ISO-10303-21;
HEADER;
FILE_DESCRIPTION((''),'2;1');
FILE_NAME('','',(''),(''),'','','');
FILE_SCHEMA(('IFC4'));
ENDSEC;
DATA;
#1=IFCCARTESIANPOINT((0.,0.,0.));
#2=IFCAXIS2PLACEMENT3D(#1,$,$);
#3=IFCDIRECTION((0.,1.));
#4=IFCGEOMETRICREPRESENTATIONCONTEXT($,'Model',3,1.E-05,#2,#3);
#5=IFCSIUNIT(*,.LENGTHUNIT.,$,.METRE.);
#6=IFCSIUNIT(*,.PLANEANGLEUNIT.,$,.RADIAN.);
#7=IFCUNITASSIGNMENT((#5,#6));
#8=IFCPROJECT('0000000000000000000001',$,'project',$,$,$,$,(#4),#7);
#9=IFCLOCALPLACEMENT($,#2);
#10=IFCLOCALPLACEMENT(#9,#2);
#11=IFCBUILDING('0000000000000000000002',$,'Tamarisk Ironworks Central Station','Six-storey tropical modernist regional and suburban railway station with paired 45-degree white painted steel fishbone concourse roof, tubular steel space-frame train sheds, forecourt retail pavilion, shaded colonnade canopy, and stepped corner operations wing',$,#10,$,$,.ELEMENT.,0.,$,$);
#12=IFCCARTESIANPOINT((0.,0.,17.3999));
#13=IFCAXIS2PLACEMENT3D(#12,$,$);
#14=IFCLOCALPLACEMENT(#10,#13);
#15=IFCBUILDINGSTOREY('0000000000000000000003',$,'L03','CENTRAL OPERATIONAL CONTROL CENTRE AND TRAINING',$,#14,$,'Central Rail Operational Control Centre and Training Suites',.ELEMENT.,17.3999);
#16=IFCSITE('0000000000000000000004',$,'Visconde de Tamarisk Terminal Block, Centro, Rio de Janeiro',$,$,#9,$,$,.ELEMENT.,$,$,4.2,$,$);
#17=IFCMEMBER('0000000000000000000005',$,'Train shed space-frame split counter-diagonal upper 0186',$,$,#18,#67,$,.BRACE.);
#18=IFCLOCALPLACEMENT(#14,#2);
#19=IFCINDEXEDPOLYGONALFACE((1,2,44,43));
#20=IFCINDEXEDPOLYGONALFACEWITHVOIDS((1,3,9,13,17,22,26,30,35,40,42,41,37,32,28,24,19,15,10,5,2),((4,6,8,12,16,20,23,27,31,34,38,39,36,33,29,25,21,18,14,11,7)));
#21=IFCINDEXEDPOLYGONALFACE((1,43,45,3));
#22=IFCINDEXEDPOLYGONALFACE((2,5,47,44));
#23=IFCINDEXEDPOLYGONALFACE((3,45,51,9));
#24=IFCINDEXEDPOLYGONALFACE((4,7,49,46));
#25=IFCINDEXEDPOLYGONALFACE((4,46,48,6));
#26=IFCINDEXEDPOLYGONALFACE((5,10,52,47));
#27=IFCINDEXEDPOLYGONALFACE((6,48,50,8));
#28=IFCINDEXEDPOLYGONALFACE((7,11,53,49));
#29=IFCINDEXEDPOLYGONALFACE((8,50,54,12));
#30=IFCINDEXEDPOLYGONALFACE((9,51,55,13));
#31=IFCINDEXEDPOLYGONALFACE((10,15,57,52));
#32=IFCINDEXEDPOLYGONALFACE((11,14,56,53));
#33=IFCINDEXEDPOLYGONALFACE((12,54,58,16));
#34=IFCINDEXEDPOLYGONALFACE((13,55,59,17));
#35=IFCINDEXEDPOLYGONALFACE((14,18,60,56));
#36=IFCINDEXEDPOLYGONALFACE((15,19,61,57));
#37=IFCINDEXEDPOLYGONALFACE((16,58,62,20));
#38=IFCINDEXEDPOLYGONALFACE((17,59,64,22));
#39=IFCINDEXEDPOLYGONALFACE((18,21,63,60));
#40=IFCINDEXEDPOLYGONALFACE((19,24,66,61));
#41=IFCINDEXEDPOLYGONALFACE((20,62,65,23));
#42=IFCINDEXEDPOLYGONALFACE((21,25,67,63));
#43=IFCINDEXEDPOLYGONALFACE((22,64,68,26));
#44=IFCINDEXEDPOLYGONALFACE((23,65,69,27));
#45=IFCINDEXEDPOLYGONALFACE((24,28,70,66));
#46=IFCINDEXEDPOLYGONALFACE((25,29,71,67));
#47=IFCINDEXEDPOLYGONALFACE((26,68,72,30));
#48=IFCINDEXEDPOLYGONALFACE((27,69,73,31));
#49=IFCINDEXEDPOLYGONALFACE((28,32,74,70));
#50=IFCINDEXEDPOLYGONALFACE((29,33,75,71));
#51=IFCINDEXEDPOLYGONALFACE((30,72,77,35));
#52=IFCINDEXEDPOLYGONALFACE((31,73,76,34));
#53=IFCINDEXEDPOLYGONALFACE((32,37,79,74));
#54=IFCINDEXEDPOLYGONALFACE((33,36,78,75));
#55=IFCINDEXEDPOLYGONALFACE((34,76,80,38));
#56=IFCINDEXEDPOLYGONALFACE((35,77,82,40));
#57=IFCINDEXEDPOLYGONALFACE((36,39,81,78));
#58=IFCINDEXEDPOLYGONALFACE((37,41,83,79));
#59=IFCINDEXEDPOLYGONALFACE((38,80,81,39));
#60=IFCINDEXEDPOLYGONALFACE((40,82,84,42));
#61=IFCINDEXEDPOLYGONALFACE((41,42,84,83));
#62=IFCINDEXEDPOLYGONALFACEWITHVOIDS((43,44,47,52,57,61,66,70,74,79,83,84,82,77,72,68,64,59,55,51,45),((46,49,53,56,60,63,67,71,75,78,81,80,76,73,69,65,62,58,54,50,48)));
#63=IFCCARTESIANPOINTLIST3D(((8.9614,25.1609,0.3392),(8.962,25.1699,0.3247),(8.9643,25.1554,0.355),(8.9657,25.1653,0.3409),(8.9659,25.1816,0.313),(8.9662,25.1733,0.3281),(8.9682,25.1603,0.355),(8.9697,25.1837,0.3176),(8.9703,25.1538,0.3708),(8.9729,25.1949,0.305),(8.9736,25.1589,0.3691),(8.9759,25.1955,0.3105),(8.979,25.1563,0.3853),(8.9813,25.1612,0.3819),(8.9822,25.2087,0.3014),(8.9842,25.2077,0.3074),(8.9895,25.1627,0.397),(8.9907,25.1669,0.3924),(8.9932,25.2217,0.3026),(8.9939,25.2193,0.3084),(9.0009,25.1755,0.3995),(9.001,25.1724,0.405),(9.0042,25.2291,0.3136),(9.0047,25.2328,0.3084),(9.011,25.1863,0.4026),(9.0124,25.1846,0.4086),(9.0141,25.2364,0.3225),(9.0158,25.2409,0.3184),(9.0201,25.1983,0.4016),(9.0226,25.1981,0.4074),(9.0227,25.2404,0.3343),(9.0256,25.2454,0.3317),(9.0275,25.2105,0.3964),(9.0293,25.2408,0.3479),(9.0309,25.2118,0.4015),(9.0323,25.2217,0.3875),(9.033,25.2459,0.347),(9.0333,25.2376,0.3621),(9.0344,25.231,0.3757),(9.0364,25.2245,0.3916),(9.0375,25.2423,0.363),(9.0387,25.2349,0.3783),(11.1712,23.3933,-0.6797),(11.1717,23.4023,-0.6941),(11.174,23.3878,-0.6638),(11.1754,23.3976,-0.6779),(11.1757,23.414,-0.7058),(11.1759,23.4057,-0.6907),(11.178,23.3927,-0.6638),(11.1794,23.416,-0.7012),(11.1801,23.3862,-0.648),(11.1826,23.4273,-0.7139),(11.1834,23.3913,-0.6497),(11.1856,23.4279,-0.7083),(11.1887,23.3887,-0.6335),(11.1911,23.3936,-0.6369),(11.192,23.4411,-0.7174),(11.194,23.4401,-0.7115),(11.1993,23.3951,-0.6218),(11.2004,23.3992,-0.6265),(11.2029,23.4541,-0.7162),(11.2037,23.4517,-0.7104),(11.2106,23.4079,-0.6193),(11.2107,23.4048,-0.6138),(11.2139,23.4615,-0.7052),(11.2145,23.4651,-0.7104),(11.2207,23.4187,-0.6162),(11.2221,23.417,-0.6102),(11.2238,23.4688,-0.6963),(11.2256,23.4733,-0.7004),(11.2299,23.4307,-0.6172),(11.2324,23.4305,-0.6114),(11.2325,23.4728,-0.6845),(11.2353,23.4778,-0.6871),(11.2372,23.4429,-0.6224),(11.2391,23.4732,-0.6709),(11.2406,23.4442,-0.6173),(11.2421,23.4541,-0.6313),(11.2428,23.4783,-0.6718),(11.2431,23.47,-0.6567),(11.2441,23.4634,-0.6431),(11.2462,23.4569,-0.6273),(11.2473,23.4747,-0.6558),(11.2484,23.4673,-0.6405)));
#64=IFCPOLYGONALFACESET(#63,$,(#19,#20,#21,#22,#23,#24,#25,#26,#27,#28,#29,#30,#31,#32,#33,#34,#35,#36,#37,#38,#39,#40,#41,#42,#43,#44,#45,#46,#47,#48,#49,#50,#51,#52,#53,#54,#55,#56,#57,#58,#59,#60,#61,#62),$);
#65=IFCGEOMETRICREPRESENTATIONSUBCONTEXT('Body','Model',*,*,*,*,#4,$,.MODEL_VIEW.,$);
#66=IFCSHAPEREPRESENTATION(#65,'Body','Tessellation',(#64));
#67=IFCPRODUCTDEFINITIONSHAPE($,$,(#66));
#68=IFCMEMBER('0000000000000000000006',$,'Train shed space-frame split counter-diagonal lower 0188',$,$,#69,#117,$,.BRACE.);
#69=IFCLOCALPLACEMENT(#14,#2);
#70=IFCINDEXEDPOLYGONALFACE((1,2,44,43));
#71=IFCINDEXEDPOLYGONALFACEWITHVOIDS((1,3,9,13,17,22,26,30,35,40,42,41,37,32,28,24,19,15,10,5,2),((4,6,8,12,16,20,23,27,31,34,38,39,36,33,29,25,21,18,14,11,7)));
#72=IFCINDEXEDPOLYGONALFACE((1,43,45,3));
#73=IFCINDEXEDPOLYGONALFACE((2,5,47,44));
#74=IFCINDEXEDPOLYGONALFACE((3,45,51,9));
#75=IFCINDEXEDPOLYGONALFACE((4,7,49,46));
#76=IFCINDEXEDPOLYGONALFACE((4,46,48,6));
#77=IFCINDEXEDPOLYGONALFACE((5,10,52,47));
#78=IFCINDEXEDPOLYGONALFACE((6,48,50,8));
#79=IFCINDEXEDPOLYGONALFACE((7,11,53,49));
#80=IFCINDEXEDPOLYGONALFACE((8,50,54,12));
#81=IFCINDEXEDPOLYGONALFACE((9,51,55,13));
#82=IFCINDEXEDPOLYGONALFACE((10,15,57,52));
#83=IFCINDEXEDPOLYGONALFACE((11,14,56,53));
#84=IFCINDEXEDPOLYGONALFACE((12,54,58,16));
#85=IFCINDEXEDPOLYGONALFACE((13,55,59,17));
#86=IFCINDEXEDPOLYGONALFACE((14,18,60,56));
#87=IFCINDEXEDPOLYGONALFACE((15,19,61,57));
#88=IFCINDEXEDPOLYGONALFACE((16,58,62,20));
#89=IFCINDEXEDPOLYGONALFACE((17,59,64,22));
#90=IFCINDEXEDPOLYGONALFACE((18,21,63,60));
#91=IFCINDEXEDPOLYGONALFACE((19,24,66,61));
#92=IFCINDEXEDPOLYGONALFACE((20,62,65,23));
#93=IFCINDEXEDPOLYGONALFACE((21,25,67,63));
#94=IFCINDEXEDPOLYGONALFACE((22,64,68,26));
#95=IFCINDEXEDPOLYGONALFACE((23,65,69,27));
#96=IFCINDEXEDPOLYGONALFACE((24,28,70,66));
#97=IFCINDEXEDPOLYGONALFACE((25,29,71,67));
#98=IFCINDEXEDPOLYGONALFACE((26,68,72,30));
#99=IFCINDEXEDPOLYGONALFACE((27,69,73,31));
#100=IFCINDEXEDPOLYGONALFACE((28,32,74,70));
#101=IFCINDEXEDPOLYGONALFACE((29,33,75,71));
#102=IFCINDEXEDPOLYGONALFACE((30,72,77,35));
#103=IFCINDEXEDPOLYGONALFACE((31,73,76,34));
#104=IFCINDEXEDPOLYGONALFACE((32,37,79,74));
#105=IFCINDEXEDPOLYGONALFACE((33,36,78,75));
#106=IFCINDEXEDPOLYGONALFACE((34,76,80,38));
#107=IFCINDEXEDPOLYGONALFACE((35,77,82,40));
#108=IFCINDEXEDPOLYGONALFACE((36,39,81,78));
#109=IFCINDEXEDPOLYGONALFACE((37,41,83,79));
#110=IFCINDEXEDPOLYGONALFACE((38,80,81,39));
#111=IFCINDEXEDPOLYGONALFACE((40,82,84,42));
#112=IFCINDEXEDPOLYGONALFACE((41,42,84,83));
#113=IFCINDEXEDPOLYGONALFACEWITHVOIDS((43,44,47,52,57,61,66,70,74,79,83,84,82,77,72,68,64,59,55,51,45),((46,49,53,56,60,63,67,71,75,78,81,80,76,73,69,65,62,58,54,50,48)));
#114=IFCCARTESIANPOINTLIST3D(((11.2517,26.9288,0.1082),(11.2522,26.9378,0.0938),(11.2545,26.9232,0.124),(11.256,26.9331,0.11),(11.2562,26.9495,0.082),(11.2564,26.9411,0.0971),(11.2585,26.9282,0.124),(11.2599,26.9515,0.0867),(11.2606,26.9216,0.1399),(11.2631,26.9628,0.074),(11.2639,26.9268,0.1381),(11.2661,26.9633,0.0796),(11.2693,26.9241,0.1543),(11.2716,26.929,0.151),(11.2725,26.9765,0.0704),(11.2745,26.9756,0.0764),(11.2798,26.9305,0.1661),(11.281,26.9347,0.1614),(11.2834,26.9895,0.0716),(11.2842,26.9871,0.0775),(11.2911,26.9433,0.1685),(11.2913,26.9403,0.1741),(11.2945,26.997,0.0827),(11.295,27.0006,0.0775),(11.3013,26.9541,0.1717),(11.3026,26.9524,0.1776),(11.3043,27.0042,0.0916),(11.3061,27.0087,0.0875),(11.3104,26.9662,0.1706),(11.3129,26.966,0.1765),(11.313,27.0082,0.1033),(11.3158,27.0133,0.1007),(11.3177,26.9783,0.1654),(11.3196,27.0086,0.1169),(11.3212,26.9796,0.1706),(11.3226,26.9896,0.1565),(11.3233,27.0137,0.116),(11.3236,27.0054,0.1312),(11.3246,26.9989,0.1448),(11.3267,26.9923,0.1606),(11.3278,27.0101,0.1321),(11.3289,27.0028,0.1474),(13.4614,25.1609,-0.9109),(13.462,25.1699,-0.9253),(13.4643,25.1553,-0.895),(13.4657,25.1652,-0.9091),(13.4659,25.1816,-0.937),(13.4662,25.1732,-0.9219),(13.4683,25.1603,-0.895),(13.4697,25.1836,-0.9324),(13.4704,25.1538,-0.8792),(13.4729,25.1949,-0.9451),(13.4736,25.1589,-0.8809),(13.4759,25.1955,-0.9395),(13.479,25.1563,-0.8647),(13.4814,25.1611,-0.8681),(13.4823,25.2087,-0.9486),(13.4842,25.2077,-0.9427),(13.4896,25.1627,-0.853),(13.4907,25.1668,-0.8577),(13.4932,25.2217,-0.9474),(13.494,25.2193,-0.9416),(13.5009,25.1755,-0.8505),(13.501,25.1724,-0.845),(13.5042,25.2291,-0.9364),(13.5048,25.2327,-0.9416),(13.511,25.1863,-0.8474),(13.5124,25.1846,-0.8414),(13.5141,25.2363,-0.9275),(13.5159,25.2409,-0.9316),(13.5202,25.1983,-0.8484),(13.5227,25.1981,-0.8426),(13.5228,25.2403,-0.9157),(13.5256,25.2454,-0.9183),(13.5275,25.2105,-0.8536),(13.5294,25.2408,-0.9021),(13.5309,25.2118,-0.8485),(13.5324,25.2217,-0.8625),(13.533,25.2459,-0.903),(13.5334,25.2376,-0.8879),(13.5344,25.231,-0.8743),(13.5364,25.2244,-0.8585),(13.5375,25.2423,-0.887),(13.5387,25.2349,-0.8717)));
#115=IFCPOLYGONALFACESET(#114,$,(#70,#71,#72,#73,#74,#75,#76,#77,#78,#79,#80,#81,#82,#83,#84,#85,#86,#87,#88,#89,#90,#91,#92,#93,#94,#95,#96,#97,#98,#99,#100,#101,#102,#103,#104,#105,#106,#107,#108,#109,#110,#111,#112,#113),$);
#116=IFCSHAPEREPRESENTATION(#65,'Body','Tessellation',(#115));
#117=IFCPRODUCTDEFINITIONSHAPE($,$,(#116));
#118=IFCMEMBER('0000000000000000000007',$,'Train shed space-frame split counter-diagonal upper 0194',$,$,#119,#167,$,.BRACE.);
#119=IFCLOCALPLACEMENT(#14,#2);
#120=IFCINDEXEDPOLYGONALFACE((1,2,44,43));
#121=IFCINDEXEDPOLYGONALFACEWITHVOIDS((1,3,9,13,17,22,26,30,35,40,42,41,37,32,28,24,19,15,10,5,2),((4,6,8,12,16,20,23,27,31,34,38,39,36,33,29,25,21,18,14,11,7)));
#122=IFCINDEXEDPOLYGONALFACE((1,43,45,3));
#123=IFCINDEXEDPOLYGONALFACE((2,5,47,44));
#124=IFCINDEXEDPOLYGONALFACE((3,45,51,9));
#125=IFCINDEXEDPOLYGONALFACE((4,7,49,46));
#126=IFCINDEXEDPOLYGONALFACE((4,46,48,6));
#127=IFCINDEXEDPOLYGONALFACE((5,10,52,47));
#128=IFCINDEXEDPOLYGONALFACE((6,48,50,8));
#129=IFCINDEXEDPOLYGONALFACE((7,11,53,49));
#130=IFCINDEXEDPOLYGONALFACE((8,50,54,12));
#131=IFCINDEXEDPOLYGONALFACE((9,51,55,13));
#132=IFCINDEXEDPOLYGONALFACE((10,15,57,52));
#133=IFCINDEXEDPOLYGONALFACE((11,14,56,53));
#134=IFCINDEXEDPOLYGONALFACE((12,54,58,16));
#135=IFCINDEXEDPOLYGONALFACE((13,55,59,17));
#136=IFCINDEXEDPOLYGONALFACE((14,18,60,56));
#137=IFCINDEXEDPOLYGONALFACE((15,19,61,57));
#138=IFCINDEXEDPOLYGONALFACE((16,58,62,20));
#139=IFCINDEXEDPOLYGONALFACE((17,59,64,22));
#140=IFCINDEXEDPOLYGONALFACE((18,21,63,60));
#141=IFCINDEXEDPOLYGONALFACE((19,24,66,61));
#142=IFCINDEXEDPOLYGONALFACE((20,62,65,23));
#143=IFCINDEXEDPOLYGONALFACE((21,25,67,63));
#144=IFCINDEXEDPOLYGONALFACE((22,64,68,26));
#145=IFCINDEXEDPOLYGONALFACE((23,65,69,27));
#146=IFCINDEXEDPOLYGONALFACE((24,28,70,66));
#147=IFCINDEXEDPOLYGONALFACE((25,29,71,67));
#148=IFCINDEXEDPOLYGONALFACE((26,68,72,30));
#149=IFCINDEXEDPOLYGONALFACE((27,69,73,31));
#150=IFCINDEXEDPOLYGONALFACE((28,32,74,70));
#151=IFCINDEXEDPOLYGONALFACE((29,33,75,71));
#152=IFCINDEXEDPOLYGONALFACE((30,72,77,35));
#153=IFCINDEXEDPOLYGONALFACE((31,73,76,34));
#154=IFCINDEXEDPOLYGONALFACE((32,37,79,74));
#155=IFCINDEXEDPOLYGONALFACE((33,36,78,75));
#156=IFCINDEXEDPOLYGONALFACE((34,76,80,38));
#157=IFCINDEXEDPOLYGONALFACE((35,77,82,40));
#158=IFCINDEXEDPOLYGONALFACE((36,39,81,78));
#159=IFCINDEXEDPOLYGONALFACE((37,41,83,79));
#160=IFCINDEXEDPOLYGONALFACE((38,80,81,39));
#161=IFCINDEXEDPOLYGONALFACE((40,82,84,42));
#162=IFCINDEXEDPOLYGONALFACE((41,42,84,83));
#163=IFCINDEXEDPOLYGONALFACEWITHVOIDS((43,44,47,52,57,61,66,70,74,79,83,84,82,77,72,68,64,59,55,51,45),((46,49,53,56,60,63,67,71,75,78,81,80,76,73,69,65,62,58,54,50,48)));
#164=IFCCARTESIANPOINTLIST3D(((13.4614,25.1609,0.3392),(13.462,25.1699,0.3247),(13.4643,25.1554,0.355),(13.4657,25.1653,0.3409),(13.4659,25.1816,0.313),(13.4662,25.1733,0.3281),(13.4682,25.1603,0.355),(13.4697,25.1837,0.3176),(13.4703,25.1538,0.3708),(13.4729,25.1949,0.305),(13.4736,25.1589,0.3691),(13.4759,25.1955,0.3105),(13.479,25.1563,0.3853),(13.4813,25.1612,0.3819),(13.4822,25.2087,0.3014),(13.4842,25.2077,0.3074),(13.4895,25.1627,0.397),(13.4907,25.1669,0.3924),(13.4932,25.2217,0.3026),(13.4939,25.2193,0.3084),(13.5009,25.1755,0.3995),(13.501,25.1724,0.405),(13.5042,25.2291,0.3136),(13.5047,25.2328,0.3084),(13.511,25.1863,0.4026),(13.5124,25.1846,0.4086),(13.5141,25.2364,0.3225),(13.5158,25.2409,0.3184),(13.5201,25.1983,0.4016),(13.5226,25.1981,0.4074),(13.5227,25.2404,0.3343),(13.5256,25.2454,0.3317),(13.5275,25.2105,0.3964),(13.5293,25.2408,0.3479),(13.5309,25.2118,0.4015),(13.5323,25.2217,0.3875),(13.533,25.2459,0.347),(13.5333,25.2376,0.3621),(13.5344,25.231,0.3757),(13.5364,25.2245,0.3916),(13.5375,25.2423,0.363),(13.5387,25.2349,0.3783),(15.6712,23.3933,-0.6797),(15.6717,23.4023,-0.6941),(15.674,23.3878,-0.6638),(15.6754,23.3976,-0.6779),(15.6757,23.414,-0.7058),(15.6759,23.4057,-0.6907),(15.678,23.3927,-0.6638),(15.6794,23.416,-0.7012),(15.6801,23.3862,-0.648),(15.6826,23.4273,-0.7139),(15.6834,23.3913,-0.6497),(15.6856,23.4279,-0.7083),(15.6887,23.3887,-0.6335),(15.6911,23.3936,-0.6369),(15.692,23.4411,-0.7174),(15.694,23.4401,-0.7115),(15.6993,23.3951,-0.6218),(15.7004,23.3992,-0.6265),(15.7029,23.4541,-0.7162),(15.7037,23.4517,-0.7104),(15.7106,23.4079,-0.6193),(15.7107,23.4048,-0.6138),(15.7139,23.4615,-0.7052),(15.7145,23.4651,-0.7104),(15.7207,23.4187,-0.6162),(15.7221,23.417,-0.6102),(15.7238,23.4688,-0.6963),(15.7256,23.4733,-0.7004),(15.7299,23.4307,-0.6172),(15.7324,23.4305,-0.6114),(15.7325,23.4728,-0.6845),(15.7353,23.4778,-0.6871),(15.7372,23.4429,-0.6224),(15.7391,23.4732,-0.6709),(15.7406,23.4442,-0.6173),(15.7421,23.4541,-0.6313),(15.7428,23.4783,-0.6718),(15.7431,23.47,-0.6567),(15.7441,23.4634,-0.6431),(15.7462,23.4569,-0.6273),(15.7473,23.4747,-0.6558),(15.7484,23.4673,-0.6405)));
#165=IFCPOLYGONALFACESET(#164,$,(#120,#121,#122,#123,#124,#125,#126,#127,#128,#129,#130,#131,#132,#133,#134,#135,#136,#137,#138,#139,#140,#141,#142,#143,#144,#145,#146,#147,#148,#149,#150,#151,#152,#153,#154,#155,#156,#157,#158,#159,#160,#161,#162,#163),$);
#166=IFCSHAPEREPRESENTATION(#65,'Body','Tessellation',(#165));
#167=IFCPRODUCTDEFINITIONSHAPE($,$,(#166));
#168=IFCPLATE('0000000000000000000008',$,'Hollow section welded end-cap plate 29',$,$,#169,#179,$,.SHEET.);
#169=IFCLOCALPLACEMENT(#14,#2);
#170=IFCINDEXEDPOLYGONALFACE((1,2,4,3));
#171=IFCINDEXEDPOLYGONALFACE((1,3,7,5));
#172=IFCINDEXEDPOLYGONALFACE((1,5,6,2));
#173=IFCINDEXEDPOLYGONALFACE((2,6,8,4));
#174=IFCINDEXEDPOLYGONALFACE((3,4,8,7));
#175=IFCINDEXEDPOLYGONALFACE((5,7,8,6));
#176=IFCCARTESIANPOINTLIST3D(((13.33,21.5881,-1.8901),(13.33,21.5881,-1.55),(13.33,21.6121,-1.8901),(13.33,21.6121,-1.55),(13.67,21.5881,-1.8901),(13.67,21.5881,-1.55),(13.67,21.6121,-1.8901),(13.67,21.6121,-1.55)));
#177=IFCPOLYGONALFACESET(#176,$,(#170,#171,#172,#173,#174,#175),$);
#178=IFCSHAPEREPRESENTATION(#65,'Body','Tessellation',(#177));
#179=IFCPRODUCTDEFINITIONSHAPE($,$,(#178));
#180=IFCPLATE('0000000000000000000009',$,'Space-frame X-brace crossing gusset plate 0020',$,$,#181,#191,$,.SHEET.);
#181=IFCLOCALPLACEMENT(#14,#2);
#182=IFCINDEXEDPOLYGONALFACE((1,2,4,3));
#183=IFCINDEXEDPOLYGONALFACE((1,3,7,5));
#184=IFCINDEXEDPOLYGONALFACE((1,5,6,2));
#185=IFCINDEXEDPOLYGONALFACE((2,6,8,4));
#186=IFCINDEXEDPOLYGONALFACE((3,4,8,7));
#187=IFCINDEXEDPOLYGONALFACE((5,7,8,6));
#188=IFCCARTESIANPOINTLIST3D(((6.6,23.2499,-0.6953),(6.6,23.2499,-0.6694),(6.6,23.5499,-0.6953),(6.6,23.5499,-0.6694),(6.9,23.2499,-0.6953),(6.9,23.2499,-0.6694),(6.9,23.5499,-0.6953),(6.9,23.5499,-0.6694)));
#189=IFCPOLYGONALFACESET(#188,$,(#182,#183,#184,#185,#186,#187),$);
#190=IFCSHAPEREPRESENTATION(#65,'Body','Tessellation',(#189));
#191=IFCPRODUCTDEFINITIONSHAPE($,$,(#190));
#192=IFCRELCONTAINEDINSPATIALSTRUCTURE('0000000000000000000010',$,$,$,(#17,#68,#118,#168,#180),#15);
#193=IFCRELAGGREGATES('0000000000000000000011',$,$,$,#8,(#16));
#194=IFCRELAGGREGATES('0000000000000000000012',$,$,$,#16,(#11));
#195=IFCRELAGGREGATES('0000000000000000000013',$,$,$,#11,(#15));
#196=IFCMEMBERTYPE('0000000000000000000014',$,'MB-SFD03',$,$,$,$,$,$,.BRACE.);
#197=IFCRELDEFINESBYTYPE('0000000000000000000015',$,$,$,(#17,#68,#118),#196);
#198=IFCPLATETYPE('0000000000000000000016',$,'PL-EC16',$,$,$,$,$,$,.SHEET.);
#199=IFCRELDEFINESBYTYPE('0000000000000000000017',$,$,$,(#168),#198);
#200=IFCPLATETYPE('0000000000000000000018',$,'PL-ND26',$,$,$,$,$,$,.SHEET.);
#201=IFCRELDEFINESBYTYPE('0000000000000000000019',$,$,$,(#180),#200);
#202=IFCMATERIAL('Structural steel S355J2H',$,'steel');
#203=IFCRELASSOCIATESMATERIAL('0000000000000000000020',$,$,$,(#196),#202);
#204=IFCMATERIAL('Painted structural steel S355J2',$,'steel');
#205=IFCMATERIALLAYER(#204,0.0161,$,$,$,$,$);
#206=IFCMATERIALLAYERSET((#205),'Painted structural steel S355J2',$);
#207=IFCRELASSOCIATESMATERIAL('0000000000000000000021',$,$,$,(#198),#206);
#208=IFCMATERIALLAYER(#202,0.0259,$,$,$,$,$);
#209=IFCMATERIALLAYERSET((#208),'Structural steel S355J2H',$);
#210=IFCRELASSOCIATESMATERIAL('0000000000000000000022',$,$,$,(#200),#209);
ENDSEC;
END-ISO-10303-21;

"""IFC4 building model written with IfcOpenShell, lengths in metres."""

from ifc_helpers import new_model, si_unit, direction, frame, origin, origin_2d, place, context, subcontext, project, spatial, rectangle, hollow_circle, extrude, material, layer, layer_set, material_profile, profile_set, type_object, element, save


model = new_model("IFC4")

# Units and contexts
model_context = context("Model", 3, precision=1e-05, world=origin(), true_north=direction((0.0, 1.0)))
body_context = subcontext(model_context, "Body", "Model", "MODEL_VIEW")
ifc_project = project(units=[si_unit("LENGTHUNIT", "METRE"), si_unit("PLANEANGLEUNIT", "RADIAN")], contexts=[model_context])

# Site, building, storey
site_placement = place(None, origin())
site = spatial("IfcSite", under=ifc_project, at=site_placement, Name="Visconde de Tamarisk Terminal Block, Centro, Rio de Janeiro", CompositionType="ELEMENT", RefElevation=4.2)
building_placement = place(site_placement, origin())
building = spatial("IfcBuilding", under=site, at=building_placement, Name="Tamarisk Ironworks Central Station", Description="Six-storey tropical modernist regional and suburban railway station with paired 45-degree white painted steel fishbone concourse roof, tubular steel space-frame train sheds, forecourt retail pavilion, shaded colonnade canopy, and stepped corner operations wing", CompositionType="ELEMENT", ElevationOfRefHeight=0.0)
storey_placement = place(building_placement, frame((0.0, 0.0, 17.3999)))
storey = spatial("IfcBuildingStorey", under=building, at=storey_placement, Name="L03", Description="CENTRAL OPERATIONAL CONTROL CENTRE AND TRAINING", LongName="Central Rail Operational Control Centre and Training Suites", CompositionType="ELEMENT", Elevation=17.3999)

# Members
ifc_material_1 = material(Name="Structural steel S355J2H", Category="steel")
ifc_material_profile_1 = material_profile(ifc_material_1, hollow_circle(Radius=0.0571, WallThickness=0.0063, at=origin_2d()), Name="CHS 114.3x6.3")
ifc_profile_set_1 = profile_set([ifc_material_profile_1], Name="Structural steel S355J2H")
member_type_1 = type_object("IfcMemberType", Name="MB-SFD03", PredefinedType="BRACE", material=ifc_profile_set_1)
for number, where, z_axis, x_axis, name in (
    (1, (11.2097, 23.4324, -0.6638), (-0.734732, 0.587721, 0.338751), (-0.624653, -0.780902, 0.0), "Train shed space-frame split counter-diagonal upper 0186"),
):
    element("IfcMember", number, at=place(storey_placement, frame(where, z_axis=z_axis, x_axis=x_axis)), inside=storey, type_object=member_type_1, Name=name, PredefinedType="BRACE", context=body_context, shape_type="SweptSolid", body=[
        extrude(hollow_circle(Radius=0.0571, WallThickness=0.0063, at=origin_2d()), origin(), (0.0, 0.0, 1.0), 3.0076),
    ])
member_1_placement = place(storey_placement, frame((13.5, 25.2, -0.895), z_axis=(-0.734677, 0.587758, 0.338807), x_axis=(-0.624706, -0.78086, 0.0)))
element("IfcMember", 2, at=member_1_placement, inside=storey, type_object=member_type_1, Name="Train shed space-frame split counter-diagonal lower 0188", PredefinedType="BRACE", context=body_context, shape_type="SweptSolid", body=[
    extrude(hollow_circle(Radius=0.0571, WallThickness=0.0063, at=origin_2d()), origin(), (0.0, 0.0, 1.0), 3.0078),
])
member_2_placement = place(storey_placement, frame((15.7097, 23.4324, -0.6638), z_axis=(-0.734732, 0.587721, 0.338751), x_axis=(-0.624653, -0.780902, 0.0)))
element("IfcMember", 3, at=member_2_placement, inside=storey, type_object=member_type_1, Name="Train shed space-frame split counter-diagonal upper 0194", PredefinedType="BRACE", context=body_context, shape_type="SweptSolid", body=[
    extrude(hollow_circle(Radius=0.0571, WallThickness=0.0063, at=origin_2d()), origin(), (0.0, 0.0, 1.0), 3.0076),
])

# Plates
ifc_material_2 = material(Name="Painted structural steel S355J2", Category="steel")
ifc_layer_1 = layer(ifc_material_2, 0.0161)
ifc_layer_set_1 = layer_set([ifc_layer_1], Name="Painted structural steel S355J2")
plate_type_1 = type_object("IfcPlateType", Name="PL-EC16", PredefinedType="SHEET", material=ifc_layer_set_1)
plate_1_placement = place(storey_placement, frame((13.5, 21.6001, -1.8901), z_axis=(0.0, 0.0, 1.0), x_axis=(1.0, 0.0, 0.0)))
element("IfcPlate", 4, at=plate_1_placement, inside=storey, type_object=plate_type_1, Name="Hollow section welded end-cap plate 29", PredefinedType="SHEET", context=body_context, shape_type="SweptSolid", body=[
    extrude(rectangle(XDim=0.3401, YDim=0.0239, at=origin_2d()), origin(), (0.0, 0.0, 1.0), 0.3401),
])
ifc_layer_2 = layer(ifc_material_1, 0.0259)
ifc_layer_set_2 = layer_set([ifc_layer_2], Name="Structural steel S355J2H")
plate_type_2 = type_object("IfcPlateType", Name="PL-ND26", PredefinedType="SHEET", material=ifc_layer_set_2)
plate_2_placement = place(storey_placement, frame((6.75, 23.3999, -0.6953), z_axis=(0.0, 0.0, 1.0), x_axis=(1.0, 0.0, 0.0)))
element("IfcPlate", 5, at=plate_2_placement, inside=storey, type_object=plate_type_2, Name="Space-frame X-brace crossing gusset plate 0020", PredefinedType="SHEET", context=body_context, shape_type="SweptSolid", body=[
    extrude(rectangle(XDim=0.3, YDim=0.3, at=origin_2d()), origin(), (0.0, 0.0, 1.0), 0.0259),
])

save(model, "model.ifc")
